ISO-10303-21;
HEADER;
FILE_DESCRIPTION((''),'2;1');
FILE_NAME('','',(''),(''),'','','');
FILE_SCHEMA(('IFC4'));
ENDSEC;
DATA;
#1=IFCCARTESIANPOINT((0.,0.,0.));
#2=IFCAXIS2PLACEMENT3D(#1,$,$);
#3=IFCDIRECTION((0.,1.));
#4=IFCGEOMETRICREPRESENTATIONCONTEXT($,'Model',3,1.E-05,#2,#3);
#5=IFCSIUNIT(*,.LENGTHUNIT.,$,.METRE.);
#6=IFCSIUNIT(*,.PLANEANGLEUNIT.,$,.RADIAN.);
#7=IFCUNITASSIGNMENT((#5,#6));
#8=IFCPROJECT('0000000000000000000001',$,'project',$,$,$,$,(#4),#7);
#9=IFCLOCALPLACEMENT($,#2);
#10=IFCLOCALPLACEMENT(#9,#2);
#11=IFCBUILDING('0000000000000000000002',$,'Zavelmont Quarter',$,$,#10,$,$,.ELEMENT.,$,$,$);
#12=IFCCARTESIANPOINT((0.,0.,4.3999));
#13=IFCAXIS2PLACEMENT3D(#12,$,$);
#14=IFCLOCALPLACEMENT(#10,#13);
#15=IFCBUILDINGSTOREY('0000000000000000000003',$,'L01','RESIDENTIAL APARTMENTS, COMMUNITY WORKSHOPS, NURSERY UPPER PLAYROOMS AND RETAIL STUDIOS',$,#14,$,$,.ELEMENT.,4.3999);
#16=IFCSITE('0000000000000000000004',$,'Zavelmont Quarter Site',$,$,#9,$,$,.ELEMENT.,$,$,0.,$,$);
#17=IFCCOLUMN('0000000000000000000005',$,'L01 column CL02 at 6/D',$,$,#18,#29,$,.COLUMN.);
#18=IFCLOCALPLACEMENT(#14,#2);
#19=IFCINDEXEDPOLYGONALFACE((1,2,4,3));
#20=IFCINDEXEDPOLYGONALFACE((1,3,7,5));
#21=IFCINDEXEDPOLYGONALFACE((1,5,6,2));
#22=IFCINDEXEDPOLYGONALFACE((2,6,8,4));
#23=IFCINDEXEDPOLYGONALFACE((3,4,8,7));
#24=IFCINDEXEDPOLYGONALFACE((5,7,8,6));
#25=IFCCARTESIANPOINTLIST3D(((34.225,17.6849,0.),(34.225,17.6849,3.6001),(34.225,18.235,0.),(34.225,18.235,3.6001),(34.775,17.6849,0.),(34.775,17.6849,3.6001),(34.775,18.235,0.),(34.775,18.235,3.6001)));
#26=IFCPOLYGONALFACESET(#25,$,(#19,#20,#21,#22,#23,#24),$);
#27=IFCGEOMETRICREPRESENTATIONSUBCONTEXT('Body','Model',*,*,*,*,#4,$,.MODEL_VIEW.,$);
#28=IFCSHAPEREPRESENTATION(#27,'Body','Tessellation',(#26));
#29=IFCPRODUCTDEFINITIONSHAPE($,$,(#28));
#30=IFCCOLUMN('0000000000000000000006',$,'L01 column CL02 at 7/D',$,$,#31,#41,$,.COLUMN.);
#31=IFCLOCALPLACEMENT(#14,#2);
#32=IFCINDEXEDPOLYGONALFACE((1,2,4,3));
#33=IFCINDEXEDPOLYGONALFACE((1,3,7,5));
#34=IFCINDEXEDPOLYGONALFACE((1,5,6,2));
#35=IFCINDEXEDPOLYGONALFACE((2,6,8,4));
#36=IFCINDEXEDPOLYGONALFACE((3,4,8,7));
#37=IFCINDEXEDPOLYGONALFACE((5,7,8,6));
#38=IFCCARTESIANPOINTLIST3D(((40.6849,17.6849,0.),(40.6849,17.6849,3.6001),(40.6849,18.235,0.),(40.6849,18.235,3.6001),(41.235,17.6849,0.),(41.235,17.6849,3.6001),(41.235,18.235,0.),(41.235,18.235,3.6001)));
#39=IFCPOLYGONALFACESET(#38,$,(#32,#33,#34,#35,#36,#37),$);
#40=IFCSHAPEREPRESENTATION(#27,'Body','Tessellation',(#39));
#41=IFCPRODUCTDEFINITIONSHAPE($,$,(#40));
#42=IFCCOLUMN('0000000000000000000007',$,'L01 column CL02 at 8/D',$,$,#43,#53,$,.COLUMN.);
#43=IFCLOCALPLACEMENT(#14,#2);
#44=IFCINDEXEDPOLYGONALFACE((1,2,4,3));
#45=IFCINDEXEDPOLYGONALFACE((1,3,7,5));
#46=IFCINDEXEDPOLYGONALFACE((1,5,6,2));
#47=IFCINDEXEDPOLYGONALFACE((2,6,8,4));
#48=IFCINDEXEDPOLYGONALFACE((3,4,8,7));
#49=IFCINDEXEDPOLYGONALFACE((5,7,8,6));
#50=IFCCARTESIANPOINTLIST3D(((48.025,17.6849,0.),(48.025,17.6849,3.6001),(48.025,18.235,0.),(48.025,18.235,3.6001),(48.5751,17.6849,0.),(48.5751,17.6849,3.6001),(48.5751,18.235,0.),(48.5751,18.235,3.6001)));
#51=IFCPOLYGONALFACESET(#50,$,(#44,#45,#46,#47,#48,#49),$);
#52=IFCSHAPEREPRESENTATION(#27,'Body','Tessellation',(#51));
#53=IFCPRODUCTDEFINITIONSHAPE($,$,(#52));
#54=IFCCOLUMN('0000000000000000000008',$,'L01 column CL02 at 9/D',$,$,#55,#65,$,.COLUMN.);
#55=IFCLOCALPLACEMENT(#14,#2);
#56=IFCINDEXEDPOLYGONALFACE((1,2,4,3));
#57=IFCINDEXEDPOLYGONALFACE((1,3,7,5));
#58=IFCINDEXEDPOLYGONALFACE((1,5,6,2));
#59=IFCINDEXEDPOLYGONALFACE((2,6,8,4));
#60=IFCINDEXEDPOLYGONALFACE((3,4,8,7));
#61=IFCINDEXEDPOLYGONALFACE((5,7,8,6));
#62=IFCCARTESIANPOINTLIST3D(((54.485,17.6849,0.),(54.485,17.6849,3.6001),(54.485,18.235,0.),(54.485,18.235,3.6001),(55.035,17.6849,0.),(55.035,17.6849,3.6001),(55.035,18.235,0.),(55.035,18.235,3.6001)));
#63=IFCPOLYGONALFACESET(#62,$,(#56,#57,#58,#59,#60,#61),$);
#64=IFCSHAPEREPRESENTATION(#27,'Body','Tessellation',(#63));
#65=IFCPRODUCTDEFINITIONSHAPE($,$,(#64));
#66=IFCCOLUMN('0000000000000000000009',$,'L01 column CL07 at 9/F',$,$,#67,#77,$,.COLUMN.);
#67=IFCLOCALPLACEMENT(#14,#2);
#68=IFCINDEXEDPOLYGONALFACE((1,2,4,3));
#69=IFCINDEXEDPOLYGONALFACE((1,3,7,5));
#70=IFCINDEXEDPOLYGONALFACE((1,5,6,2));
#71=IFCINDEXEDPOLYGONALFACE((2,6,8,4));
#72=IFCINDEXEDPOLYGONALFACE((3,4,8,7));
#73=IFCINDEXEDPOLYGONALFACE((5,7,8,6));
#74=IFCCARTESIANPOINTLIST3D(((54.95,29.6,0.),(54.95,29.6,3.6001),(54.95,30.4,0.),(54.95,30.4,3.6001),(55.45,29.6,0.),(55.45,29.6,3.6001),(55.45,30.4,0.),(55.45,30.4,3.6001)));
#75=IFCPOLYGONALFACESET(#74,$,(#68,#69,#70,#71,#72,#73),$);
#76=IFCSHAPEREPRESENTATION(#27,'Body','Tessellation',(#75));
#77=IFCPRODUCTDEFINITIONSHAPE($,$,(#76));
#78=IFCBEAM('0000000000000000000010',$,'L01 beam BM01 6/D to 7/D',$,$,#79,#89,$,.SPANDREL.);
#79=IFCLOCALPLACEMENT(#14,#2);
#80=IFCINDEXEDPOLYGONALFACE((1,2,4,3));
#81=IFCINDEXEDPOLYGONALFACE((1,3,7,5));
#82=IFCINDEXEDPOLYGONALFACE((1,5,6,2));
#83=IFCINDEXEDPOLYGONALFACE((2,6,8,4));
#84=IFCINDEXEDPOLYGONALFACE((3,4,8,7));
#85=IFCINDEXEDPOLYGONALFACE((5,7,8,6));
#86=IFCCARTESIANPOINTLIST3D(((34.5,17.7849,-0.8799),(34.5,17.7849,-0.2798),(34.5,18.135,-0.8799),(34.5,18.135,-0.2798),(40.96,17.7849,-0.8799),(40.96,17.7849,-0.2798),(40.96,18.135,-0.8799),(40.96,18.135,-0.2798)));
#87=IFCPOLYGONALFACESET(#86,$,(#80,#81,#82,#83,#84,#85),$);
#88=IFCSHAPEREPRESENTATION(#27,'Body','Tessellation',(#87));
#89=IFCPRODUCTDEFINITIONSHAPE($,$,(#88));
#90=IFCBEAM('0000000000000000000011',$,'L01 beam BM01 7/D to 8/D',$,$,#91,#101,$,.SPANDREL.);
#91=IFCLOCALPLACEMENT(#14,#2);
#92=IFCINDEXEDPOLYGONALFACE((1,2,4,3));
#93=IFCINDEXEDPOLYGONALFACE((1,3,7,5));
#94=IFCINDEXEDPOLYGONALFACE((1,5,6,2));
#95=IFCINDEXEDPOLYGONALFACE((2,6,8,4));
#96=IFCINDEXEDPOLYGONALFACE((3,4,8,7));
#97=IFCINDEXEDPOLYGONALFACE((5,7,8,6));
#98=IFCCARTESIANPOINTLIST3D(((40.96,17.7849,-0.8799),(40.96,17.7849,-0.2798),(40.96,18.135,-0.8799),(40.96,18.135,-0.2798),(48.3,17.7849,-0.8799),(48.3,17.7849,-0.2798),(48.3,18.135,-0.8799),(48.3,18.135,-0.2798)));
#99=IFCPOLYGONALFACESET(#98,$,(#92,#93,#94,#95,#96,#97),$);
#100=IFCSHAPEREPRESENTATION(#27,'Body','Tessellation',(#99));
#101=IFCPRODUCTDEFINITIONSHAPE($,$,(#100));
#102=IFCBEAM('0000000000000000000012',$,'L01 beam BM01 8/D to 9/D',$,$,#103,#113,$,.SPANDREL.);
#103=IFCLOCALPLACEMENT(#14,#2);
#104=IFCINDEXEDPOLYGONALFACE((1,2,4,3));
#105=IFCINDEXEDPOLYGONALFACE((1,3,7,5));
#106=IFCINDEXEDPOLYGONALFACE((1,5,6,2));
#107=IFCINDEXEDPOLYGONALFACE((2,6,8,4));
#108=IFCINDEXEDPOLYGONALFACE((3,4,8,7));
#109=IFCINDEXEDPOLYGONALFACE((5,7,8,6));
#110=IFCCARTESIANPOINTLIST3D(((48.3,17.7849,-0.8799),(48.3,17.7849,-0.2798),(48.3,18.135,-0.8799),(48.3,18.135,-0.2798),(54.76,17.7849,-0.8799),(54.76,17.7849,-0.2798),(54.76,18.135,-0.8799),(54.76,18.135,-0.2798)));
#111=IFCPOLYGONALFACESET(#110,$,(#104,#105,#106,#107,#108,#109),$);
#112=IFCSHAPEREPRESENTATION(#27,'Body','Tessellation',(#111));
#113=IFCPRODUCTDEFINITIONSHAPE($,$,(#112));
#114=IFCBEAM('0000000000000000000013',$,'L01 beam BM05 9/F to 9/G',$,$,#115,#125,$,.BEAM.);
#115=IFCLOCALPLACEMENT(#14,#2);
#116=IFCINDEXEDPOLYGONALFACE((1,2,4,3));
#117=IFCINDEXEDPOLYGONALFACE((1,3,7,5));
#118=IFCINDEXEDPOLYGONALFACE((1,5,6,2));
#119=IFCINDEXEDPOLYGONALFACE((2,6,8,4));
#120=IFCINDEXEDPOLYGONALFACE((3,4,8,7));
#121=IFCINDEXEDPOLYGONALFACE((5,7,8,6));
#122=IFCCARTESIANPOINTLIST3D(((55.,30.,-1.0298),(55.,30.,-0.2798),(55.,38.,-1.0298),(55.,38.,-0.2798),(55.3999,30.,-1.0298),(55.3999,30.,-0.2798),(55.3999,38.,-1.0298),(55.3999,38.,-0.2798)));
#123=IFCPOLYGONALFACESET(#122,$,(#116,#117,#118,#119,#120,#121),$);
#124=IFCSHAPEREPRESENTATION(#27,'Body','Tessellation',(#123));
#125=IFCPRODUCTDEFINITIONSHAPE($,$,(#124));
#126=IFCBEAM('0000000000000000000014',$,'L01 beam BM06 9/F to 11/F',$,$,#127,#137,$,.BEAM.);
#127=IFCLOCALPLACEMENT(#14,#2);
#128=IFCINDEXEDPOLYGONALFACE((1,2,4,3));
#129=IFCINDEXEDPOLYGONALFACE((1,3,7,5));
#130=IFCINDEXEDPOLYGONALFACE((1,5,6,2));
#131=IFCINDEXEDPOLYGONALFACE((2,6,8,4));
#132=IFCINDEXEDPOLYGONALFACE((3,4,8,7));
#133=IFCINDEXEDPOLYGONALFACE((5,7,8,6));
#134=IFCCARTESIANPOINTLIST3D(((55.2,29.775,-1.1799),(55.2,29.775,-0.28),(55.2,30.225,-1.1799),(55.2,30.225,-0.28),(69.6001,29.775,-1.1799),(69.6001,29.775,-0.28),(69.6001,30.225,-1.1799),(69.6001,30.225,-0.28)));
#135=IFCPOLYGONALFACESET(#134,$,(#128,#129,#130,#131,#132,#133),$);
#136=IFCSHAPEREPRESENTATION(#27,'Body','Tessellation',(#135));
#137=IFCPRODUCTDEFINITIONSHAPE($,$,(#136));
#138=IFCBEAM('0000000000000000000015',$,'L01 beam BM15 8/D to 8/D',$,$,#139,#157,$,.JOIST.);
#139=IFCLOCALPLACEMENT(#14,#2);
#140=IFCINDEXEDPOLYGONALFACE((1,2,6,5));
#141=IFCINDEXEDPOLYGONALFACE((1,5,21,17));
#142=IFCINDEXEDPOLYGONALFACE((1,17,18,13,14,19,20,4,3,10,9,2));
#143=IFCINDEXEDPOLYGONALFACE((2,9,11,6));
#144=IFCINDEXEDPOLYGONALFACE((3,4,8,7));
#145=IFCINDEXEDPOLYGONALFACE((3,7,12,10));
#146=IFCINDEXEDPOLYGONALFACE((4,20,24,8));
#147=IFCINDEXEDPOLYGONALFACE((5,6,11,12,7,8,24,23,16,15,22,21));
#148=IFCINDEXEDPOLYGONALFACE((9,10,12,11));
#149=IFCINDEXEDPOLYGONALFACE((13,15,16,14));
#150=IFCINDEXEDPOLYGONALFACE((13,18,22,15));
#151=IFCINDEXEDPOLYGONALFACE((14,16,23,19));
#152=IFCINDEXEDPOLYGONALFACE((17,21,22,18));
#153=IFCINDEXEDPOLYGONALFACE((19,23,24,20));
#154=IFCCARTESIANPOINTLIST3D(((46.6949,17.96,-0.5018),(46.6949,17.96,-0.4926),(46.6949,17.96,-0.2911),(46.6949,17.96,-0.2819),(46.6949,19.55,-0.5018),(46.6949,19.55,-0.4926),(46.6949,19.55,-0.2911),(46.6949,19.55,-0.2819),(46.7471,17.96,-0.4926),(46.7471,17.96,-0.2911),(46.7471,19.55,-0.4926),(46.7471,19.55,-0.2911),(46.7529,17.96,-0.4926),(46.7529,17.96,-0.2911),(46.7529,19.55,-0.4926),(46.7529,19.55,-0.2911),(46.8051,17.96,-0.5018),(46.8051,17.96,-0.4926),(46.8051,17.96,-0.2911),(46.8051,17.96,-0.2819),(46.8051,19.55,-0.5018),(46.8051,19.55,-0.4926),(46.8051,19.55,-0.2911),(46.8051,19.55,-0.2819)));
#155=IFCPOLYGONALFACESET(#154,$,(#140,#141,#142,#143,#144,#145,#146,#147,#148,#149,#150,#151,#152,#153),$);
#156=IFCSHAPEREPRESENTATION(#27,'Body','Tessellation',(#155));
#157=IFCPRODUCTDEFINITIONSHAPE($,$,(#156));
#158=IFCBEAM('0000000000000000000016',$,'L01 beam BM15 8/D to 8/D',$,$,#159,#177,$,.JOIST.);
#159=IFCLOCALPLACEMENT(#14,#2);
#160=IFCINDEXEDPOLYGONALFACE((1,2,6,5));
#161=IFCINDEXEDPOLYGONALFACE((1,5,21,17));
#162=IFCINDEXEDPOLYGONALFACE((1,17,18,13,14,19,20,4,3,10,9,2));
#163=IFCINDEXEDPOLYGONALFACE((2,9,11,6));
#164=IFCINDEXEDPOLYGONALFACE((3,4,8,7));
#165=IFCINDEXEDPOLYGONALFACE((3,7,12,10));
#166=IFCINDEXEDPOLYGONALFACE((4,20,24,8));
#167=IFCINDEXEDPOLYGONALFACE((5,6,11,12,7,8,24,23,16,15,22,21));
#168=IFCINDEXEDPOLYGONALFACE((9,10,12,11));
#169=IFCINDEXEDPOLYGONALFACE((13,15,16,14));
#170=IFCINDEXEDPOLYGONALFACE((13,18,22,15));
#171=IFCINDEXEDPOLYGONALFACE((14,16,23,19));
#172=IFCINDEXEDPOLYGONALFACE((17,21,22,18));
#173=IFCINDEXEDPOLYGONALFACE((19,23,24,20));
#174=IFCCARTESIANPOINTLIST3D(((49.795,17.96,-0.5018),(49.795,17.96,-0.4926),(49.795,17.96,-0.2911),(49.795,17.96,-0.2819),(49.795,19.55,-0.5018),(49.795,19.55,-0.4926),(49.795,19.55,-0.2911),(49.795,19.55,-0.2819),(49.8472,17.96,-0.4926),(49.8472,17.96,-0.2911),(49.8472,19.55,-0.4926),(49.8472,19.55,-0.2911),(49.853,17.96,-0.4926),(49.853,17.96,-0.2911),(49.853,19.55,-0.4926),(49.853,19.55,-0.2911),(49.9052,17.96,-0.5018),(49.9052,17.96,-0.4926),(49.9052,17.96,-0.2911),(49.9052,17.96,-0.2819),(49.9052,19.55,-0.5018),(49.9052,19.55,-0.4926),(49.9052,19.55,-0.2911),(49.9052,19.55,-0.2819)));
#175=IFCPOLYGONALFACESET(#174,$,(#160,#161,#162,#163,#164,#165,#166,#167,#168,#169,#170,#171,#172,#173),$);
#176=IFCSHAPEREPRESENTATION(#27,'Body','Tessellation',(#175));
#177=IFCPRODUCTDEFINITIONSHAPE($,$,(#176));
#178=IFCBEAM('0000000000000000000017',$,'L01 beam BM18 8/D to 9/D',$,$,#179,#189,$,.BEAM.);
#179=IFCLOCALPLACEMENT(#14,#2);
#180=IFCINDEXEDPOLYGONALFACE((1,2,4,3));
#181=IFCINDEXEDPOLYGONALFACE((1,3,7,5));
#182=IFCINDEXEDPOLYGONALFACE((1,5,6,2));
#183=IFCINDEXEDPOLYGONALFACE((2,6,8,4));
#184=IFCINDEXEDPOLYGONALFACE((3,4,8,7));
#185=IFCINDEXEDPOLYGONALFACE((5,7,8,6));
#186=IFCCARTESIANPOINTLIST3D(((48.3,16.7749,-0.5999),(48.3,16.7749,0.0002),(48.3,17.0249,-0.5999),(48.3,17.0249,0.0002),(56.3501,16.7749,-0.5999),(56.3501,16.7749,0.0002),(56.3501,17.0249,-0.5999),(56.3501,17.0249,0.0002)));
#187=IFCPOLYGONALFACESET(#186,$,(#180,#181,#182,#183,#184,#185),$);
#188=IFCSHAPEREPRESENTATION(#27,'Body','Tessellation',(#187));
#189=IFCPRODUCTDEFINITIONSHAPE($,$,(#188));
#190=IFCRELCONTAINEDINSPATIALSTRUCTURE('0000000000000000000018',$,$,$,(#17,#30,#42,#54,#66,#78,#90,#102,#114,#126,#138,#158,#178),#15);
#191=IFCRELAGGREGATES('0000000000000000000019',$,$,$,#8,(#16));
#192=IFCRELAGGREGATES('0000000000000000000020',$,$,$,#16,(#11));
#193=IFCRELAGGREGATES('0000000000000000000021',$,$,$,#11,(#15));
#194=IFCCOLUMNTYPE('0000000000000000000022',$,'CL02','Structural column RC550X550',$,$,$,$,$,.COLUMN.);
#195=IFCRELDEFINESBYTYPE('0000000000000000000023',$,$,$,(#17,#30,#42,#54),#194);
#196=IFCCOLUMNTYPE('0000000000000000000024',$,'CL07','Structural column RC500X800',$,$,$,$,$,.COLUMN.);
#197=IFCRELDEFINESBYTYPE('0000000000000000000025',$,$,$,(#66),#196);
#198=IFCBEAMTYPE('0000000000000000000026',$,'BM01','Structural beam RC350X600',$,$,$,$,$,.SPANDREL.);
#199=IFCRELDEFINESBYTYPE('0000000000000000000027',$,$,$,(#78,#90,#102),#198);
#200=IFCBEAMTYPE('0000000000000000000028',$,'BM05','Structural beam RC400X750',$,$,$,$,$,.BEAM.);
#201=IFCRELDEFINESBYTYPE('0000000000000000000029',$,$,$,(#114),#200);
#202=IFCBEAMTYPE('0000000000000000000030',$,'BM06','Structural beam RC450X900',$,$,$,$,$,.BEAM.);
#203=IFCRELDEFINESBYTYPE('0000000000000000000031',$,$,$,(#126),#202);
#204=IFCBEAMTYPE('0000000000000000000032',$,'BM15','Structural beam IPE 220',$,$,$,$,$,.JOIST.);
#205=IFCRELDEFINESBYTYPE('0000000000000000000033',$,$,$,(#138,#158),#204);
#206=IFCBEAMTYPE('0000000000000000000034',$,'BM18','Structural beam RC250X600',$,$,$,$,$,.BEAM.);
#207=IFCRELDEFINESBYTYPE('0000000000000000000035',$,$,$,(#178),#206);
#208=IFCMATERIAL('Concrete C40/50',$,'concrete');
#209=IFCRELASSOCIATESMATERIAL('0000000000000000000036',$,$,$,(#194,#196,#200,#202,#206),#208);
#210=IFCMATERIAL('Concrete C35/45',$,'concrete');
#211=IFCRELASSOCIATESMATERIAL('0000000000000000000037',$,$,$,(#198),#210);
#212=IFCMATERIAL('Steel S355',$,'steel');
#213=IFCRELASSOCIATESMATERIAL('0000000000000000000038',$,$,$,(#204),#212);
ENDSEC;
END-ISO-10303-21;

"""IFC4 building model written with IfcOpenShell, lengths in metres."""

from ifc_helpers import new_model, si_unit, direction, frame, origin, origin_2d, place, context, subcontext, project, spatial, rectangle, i_section, extrude, material, material_profile, profile_set, type_object, element, save


model = new_model("IFC4")

# Units and contexts
model_context = context("Model", 3, precision=1e-05, world=origin(), true_north=direction((0.0, 1.0)))
body_context = subcontext(model_context, "Body", "Model", "MODEL_VIEW")
ifc_project = project(units=[si_unit("LENGTHUNIT", "METRE"), si_unit("PLANEANGLEUNIT", "RADIAN")], contexts=[model_context])

# Site, building, storey
site_placement = place(None, origin())
site = spatial("IfcSite", under=ifc_project, at=site_placement, Name="Zavelmont Quarter Site", CompositionType="ELEMENT", RefElevation=0.0)
building_placement = place(site_placement, origin())
building = spatial("IfcBuilding", under=site, at=building_placement, Name="Zavelmont Quarter", CompositionType="ELEMENT")
storey_placement = place(building_placement, frame((0.0, 0.0, 4.3999)))
storey = spatial("IfcBuildingStorey", under=building, at=storey_placement, Name="L01", Description="RESIDENTIAL APARTMENTS, COMMUNITY WORKSHOPS, NURSERY UPPER PLAYROOMS AND RETAIL STUDIOS", CompositionType="ELEMENT", Elevation=4.3999)

# Columns
ifc_material_1 = material(Name="Concrete C40/50", Category="concrete")
ifc_material_profile_1 = material_profile(ifc_material_1, rectangle(XDim=0.55, YDim=0.55, at=origin_2d()), Name="RC550X550")
ifc_profile_set_1 = profile_set([ifc_material_profile_1], Name="Concrete C40/50")
column_type_1 = type_object("IfcColumnType", Name="CL02", Description="Structural column RC550X550", PredefinedType="COLUMN", material=ifc_profile_set_1)
for number, where, z_axis, x_axis, name in (
    (1, (34.5, 17.96, 0.0), (0.0, 0.0, 1.0), (1.0, 0.0, 0.0), "L01 column CL02 at 6/D"),
    (2, (40.96, 17.96, 0.0), (0.0, 0.0, 1.0), (1.0, 0.0, 0.0), "L01 column CL02 at 7/D"),
    (3, (48.3, 17.96, 0.0), (0.0, 0.0, 1.0), (1.0, 0.0, 0.0), "L01 column CL02 at 8/D"),
    (4, (54.76, 17.96, 0.0), (0.0, 0.0, 1.0), (1.0, 0.0, 0.0), "L01 column CL02 at 9/D"),
):
    element("IfcColumn", number, at=place(storey_placement, frame(where, z_axis=z_axis, x_axis=x_axis)), inside=storey, type_object=column_type_1, Name=name, PredefinedType="COLUMN", context=body_context, shape_type="SweptSolid", body=[
        extrude(rectangle(XDim=0.55, YDim=0.55, at=origin_2d()), origin(), (0.0, 0.0, 1.0), 3.6001),
    ])
ifc_material_profile_2 = material_profile(ifc_material_1, rectangle(XDim=0.5, YDim=0.8, at=origin_2d()), Name="RC500X800")
ifc_profile_set_2 = profile_set([ifc_material_profile_2], Name="Concrete C40/50")
column_type_2 = type_object("IfcColumnType", Name="CL07", Description="Structural column RC500X800", PredefinedType="COLUMN", material=ifc_profile_set_2)
column_placement = place(storey_placement, frame((55.2, 30.0, 0.0), z_axis=(0.0, 0.0, 1.0), x_axis=(1.0, 0.0, 0.0)))
element("IfcColumn", 5, at=column_placement, inside=storey, type_object=column_type_2, Name="L01 column CL07 at 9/F", PredefinedType="COLUMN", context=body_context, shape_type="SweptSolid", body=[
    extrude(rectangle(XDim=0.5, YDim=0.8, at=origin_2d()), origin(), (0.0, 0.0, 1.0), 3.6001),
])

# Beams
ifc_material_2 = material(Name="Concrete C35/45", Category="concrete")
ifc_material_profile_3 = material_profile(ifc_material_2, rectangle(XDim=0.3501, YDim=0.6001, at=origin_2d()), Name="RC350X600")
ifc_profile_set_3 = profile_set([ifc_material_profile_3], Name="Concrete C35/45")
beam_type_1 = type_object("IfcBeamType", Name="BM01", Description="Structural beam RC350X600", PredefinedType="SPANDREL", material=ifc_profile_set_3)
beam_1_placement = place(storey_placement, frame((34.5, 17.96, -0.5798), z_axis=(1.0, 0.0, 0.0), x_axis=(0.0, 1.0, 0.0)))
element("IfcBeam", 6, at=beam_1_placement, inside=storey, type_object=beam_type_1, Name="L01 beam BM01 6/D to 7/D", PredefinedType="SPANDREL", context=body_context, shape_type="SweptSolid", body=[
    extrude(rectangle(XDim=0.3501, YDim=0.6001, at=origin_2d()), origin(), (0.0, 0.0, 1.0), 6.46),
])
beam_2_placement = place(storey_placement, frame((40.96, 17.96, -0.5798), z_axis=(1.0, 0.0, 0.0), x_axis=(0.0, 1.0, 0.0)))
element("IfcBeam", 7, at=beam_2_placement, inside=storey, type_object=beam_type_1, Name="L01 beam BM01 7/D to 8/D", PredefinedType="SPANDREL", context=body_context, shape_type="SweptSolid", body=[
    extrude(rectangle(XDim=0.3501, YDim=0.6001, at=origin_2d()), origin(), (0.0, 0.0, 1.0), 7.3401),
])
beam_3_placement = place(storey_placement, frame((48.3, 17.96, -0.5798), z_axis=(1.0, 0.0, 0.0), x_axis=(0.0, 1.0, 0.0)))
element("IfcBeam", 8, at=beam_3_placement, inside=storey, type_object=beam_type_1, Name="L01 beam BM01 8/D to 9/D", PredefinedType="SPANDREL", context=body_context, shape_type="SweptSolid", body=[
    extrude(rectangle(XDim=0.3501, YDim=0.6001, at=origin_2d()), origin(), (0.0, 0.0, 1.0), 6.46),
])
ifc_material_profile_4 = material_profile(ifc_material_1, rectangle(XDim=0.3999, YDim=0.75, at=origin_2d()), Name="RC400X750")
ifc_profile_set_4 = profile_set([ifc_material_profile_4], Name="Concrete C40/50")
beam_type_2 = type_object("IfcBeamType", Name="BM05", Description="Structural beam RC400X750", PredefinedType="BEAM", material=ifc_profile_set_4)
beam_4_placement = place(storey_placement, frame((55.2, 30.0, -0.6548), z_axis=(0.0, 1.0, 0.0), x_axis=(-1.0, 0.0, 0.0)))
element("IfcBeam", 9, at=beam_4_placement, inside=storey, type_object=beam_type_2, Name="L01 beam BM05 9/F to 9/G", PredefinedType="BEAM", context=body_context, shape_type="SweptSolid", body=[
    extrude(rectangle(XDim=0.3999, YDim=0.75, at=origin_2d()), origin(), (0.0, 0.0, 1.0), 8.0),
])
ifc_material_profile_5 = material_profile(ifc_material_1, rectangle(XDim=0.45, YDim=0.8999, at=origin_2d()), Name="RC450X900")
ifc_profile_set_5 = profile_set([ifc_material_profile_5], Name="Concrete C40/50")
beam_type_3 = type_object("IfcBeamType", Name="BM06", Description="Structural beam RC450X900", PredefinedType="BEAM", material=ifc_profile_set_5)
beam_5_placement = place(storey_placement, frame((55.2, 30.0, -0.73), z_axis=(1.0, 0.0, 0.0), x_axis=(0.0, 1.0, 0.0)))
element("IfcBeam", 10, at=beam_5_placement, inside=storey, type_object=beam_type_3, Name="L01 beam BM06 9/F to 11/F", PredefinedType="BEAM", context=body_context, shape_type="SweptSolid", body=[
    extrude(rectangle(XDim=0.45, YDim=0.8999, at=origin_2d()), origin(), (0.0, 0.0, 1.0), 14.4001),
])
ifc_material_3 = material(Name="Steel S355", Category="steel")
ifc_material_profile_6 = material_profile(ifc_material_3, i_section(OverallWidth=0.1101, OverallDepth=0.22, WebThickness=0.0059, FlangeThickness=0.0093, at=origin_2d()), Name="IPE 220")
ifc_profile_set_6 = profile_set([ifc_material_profile_6], Name="Steel S355")
beam_type_4 = type_object("IfcBeamType", Name="BM15", Description="Structural beam IPE 220", PredefinedType="JOIST", material=ifc_profile_set_6)
for number, where, z_axis, x_axis, name in (
    (11, (46.75, 17.96, -0.3918), (0.0, 1.0, 0.0), (-1.0, 0.0, 0.0), "L01 beam BM15 8/D to 8/D"),
    (12, (49.8501, 17.96, -0.3918), (0.0, 1.0, 0.0), (-1.0, 0.0, 0.0), "L01 beam BM15 8/D to 8/D"),
):
    element("IfcBeam", number, at=place(storey_placement, frame(where, z_axis=z_axis, x_axis=x_axis)), inside=storey, type_object=beam_type_4, Name=name, PredefinedType="JOIST", context=body_context, shape_type="SweptSolid", body=[
        extrude(i_section(OverallWidth=0.1101, OverallDepth=0.22, WebThickness=0.0059, FlangeThickness=0.0093, at=origin_2d()), origin(), (0.0, 0.0, 1.0), 1.5901),
    ])
ifc_material_profile_7 = material_profile(ifc_material_1, rectangle(XDim=0.25, YDim=0.6001, at=origin_2d()), Name="RC250X600")
ifc_profile_set_7 = profile_set([ifc_material_profile_7], Name="Concrete C40/50")
beam_type_5 = type_object("IfcBeamType", Name="BM18", Description="Structural beam RC250X600", PredefinedType="BEAM", material=ifc_profile_set_7)
beam_6_placement = place(storey_placement, frame((48.3, 16.8999, -0.2998), z_axis=(1.0, 0.0, 0.0), x_axis=(0.0, 1.0, 0.0)))
element("IfcBeam", 13, at=beam_6_placement, inside=storey, type_object=beam_type_5, Name="L01 beam BM18 8/D to 9/D", PredefinedType="BEAM", context=body_context, shape_type="SweptSolid", body=[
    extrude(rectangle(XDim=0.25, YDim=0.6001, at=origin_2d()), origin(), (0.0, 0.0, 1.0), 8.05),
])

save(model, "model.ifc")
